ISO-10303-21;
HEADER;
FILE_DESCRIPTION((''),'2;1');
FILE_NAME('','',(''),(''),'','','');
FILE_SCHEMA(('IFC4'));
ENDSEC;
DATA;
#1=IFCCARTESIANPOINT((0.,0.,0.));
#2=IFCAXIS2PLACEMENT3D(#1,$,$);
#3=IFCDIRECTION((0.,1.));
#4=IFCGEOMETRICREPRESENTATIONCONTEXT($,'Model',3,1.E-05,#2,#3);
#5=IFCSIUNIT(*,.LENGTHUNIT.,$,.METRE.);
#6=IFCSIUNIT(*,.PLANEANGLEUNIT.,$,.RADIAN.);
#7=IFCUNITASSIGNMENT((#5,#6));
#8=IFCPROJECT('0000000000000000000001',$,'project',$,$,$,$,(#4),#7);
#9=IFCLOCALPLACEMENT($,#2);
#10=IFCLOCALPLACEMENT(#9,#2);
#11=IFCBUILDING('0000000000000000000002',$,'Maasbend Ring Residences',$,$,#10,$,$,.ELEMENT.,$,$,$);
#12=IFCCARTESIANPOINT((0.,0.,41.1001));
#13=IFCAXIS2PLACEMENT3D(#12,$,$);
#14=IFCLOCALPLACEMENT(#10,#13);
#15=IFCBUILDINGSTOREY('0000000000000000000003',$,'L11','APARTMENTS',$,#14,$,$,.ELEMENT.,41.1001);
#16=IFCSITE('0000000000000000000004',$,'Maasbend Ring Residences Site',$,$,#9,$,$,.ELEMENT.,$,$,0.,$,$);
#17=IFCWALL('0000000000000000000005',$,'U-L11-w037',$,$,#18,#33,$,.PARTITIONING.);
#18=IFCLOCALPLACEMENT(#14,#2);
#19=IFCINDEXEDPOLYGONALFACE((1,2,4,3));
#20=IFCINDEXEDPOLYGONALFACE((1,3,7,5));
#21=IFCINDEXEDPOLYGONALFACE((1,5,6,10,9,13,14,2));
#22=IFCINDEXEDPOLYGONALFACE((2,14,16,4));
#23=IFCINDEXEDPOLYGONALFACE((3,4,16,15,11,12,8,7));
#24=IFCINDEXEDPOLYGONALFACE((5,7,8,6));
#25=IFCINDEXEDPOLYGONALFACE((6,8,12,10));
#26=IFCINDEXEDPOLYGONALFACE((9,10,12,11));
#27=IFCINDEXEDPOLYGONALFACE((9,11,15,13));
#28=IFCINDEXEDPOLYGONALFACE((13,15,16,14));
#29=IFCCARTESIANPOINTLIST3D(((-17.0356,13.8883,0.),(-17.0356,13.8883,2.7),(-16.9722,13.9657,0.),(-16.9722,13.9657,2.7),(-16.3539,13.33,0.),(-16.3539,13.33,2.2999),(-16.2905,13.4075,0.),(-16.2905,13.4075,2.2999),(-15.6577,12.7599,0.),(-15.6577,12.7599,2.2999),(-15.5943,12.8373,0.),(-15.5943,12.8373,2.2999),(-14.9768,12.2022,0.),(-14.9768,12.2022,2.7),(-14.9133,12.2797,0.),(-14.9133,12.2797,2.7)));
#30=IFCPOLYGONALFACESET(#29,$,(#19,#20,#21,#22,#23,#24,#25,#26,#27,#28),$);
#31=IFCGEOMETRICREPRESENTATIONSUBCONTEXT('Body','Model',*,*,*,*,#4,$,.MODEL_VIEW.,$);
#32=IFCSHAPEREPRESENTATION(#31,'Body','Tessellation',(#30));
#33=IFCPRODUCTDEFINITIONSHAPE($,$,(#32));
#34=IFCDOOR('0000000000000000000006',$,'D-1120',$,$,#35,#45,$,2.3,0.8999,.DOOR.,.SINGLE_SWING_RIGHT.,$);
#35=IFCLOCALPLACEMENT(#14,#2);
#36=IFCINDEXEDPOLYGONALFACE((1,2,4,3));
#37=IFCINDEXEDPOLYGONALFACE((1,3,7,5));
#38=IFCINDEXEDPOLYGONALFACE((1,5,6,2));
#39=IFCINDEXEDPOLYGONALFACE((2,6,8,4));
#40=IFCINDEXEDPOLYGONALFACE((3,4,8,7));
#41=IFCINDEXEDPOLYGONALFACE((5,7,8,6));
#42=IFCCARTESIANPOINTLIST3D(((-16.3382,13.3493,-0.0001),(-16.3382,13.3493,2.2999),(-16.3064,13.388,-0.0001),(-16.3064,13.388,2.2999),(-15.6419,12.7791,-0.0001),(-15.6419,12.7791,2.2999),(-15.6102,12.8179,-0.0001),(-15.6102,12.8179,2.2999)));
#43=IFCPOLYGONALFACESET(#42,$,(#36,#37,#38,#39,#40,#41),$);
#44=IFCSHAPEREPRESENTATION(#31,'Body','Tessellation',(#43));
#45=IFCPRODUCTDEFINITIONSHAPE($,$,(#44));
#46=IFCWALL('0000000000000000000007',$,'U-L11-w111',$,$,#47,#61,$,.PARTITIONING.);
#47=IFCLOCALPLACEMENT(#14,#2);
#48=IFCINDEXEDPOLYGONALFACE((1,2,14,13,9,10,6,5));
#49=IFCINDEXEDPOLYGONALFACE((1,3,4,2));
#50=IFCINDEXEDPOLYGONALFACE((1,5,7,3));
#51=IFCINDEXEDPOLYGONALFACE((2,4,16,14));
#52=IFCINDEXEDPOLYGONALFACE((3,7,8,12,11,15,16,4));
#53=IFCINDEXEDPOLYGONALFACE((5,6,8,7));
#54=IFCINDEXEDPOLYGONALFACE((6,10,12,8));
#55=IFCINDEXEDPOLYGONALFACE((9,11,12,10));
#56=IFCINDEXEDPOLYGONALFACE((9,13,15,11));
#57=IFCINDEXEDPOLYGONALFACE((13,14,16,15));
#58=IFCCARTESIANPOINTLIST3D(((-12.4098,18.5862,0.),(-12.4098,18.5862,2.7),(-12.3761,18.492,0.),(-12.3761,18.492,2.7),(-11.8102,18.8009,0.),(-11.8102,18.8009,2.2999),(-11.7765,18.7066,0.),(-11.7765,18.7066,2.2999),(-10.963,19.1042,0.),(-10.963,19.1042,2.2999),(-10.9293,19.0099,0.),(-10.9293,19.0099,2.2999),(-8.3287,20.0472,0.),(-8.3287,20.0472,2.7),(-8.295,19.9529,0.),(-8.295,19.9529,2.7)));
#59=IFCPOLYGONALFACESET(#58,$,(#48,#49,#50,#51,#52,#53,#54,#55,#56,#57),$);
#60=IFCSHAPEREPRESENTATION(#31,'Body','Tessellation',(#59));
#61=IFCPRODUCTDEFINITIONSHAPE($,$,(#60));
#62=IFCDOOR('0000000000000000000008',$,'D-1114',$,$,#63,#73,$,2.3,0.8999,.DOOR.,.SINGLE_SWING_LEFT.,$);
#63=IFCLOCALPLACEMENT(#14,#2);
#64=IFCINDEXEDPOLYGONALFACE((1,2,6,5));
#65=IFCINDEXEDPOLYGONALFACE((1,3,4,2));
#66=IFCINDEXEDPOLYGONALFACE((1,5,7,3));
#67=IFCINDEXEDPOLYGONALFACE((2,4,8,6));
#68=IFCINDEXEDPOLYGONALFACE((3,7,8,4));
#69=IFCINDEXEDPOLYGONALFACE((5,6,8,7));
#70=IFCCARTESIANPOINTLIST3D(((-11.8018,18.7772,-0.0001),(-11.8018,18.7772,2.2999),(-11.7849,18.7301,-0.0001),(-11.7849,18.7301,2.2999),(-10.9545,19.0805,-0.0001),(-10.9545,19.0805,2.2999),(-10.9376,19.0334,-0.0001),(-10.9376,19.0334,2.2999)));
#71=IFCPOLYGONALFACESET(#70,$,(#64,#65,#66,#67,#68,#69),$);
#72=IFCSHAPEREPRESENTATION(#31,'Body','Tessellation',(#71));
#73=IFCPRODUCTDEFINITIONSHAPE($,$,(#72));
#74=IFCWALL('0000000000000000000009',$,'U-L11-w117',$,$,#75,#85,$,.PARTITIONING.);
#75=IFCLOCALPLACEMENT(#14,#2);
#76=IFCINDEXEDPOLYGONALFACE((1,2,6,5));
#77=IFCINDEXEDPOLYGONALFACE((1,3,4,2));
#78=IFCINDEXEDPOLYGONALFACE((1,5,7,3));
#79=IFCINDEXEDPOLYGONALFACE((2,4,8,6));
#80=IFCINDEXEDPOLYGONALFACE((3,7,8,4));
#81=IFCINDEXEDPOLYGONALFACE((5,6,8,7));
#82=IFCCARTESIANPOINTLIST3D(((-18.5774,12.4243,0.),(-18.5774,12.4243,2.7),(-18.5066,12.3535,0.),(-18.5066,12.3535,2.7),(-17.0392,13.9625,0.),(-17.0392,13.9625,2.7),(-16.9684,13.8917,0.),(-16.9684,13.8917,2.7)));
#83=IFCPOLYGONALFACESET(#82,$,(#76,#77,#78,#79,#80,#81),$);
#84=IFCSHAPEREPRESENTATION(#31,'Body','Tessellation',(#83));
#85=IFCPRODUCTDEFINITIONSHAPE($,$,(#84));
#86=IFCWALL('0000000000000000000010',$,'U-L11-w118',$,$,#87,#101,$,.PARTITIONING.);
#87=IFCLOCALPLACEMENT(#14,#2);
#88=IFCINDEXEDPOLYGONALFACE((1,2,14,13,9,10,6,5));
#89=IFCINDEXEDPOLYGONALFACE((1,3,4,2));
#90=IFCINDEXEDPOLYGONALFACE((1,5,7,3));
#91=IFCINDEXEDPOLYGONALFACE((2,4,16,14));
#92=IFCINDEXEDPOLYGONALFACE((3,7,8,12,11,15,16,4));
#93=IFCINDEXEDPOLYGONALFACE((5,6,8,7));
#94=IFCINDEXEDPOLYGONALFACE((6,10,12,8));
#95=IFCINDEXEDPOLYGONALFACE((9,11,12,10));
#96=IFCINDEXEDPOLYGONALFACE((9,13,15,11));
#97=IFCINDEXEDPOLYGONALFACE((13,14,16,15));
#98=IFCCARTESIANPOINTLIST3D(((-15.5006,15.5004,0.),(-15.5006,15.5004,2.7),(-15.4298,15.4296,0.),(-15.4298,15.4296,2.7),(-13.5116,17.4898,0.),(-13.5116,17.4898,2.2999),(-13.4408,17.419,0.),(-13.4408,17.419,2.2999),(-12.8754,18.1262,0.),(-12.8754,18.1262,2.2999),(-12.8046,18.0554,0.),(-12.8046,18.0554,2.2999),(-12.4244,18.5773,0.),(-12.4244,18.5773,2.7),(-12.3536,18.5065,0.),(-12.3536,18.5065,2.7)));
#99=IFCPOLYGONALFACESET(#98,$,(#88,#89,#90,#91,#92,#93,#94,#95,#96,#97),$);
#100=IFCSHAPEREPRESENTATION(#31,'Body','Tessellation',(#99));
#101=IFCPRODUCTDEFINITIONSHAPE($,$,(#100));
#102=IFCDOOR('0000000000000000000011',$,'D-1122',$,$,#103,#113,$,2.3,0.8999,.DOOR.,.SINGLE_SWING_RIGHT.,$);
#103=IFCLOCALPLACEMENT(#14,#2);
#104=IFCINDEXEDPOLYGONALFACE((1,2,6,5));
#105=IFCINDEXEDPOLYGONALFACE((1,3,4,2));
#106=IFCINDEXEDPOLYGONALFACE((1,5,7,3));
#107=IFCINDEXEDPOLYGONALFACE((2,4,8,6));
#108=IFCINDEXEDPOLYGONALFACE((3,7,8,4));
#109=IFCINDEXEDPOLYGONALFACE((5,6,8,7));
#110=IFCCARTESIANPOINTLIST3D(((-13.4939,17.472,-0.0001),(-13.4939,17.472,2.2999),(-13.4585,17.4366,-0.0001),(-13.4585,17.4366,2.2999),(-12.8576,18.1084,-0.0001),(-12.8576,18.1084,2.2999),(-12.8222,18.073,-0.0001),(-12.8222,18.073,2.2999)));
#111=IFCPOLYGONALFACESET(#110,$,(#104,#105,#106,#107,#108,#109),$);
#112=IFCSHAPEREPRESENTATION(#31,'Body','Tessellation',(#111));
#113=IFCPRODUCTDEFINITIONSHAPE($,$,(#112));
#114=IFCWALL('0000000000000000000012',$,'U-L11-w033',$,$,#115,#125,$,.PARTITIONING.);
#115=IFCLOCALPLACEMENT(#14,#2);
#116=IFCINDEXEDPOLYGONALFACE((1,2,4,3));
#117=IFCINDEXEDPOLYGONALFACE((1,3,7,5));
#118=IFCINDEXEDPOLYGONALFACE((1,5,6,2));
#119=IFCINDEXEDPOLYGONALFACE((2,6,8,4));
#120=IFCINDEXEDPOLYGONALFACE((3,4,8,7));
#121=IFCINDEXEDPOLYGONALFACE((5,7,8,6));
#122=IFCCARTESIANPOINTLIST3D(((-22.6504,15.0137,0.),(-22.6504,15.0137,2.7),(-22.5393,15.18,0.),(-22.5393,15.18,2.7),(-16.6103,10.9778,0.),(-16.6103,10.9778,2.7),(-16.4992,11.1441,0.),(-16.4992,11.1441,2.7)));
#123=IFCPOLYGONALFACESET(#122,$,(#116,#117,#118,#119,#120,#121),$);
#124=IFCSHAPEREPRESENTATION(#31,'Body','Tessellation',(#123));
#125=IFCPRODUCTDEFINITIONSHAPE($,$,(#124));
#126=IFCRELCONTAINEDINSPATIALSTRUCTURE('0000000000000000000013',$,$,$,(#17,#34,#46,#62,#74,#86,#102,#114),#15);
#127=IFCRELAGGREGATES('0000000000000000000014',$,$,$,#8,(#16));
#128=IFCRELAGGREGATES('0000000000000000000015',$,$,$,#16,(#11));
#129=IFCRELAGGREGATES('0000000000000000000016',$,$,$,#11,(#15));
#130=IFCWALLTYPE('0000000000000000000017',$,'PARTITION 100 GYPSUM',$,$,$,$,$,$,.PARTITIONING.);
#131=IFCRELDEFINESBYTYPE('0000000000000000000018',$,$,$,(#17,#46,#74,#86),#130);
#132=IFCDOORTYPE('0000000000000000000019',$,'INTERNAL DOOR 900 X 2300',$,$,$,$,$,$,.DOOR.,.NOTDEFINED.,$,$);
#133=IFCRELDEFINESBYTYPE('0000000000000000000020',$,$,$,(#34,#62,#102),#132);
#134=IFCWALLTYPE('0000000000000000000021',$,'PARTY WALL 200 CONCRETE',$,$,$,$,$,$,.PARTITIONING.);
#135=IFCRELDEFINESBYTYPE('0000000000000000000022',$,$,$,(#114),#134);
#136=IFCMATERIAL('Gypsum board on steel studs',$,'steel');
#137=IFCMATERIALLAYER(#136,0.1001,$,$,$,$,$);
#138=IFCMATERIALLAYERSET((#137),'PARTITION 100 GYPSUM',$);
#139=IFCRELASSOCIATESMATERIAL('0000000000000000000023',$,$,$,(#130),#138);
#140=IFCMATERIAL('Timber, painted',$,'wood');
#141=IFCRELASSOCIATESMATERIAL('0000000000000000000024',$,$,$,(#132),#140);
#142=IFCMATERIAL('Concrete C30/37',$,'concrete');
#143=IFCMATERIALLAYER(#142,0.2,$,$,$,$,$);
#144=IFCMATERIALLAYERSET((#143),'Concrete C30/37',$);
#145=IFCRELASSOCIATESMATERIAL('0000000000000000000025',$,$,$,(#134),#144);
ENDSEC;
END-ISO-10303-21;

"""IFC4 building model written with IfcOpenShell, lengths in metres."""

from ifc_helpers import new_model, si_unit, direction, frame, frame_2d, origin, place, context, subcontext, project, spatial, rectangle, extrude, material, layer, layer_set, type_object, element, fill, save


model = new_model("IFC4")

# Units and contexts
model_context = context("Model", 3, precision=1e-05, world=origin(), true_north=direction((0.0, 1.0)))
body_context = subcontext(model_context, "Body", "Model", "MODEL_VIEW")
ifc_project = project(units=[si_unit("LENGTHUNIT", "METRE"), si_unit("PLANEANGLEUNIT", "RADIAN")], contexts=[model_context])

# Site, building, storey
site_placement = place(None, origin())
site = spatial("IfcSite", under=ifc_project, at=site_placement, Name="Maasbend Ring Residences Site", CompositionType="ELEMENT", RefElevation=0.0)
building_placement = place(site_placement, origin())
building = spatial("IfcBuilding", under=site, at=building_placement, Name="Maasbend Ring Residences", CompositionType="ELEMENT")
storey_placement = place(building_placement, frame((0.0, 0.0, 41.1001)))
storey = spatial("IfcBuildingStorey", under=building, at=storey_placement, Name="L11", Description="APARTMENTS", CompositionType="ELEMENT", Elevation=41.1001)

# Walls, openings, doors
ifc_material_1 = material(Name="Gypsum board on steel studs", Category="steel")
ifc_layer_1 = layer(ifc_material_1, 0.1001)
ifc_layer_set_1 = layer_set([ifc_layer_1], Name="PARTITION 100 GYPSUM")
wall_type_1 = type_object("IfcWallType", Name="PARTITION 100 GYPSUM", PredefinedType="PARTITIONING", material=ifc_layer_set_1)
ifc_material_2 = material(Name="Timber, painted", Category="wood")
door_type_1 = type_object("IfcDoorType", Name="INTERNAL DOOR 900 X 2300", OperationType="NOTDEFINED", PredefinedType="DOOR", material=ifc_material_2)
wall_1_placement = place(storey_placement, frame((-17.0039, 13.927, 0.0), z_axis=(0.0, 0.0, 1.0), x_axis=(0.773675, -0.633582, 0.0)))
wall_1 = element("IfcWall", 1, at=wall_1_placement, inside=storey, type_object=wall_type_1, Name="U-L11-w037", PredefinedType="PARTITIONING", context=body_context, shape_type="SweptSolid", body=[
    extrude(rectangle(XDim=2.6611, YDim=0.1001, at=frame_2d((1.3306, 0.0))), origin(), (0.0, 0.0, 1.0), 2.7),
])
opening_1_placement = place(wall_1_placement, frame((0.8811, 0.0, 0.0)))
opening_1 = element("IfcOpeningElement", 2, at=opening_1_placement, cuts=wall_1, PredefinedType="OPENING", context=body_context, shape_type="SweptSolid", body=[
    extrude(rectangle(XDim=0.8999, YDim=2.3, at=frame_2d((0.45, 1.1499))), frame((0.0, 0.0601, 0.0), z_axis=(0.0, -1.0, 0.0), x_axis=(1.0, 0.0, 0.0)), (0.0, 0.0, 1.0), 0.1201),
])
door_1_placement = place(opening_1_placement, origin())
door_1 = element("IfcDoor", 3, at=door_1_placement, inside=storey, type_object=door_type_1, Name="D-1120", OperationType="SINGLE_SWING_RIGHT", OverallHeight=2.3, OverallWidth=0.8999, PredefinedType="DOOR", context=body_context, shape_type="SweptSolid", body=[
    extrude(rectangle(XDim=0.8999, YDim=2.3, at=frame_2d((0.45, 1.1499))), frame((0.0, 0.0249, 0.0), z_axis=(0.0, -1.0, 0.0), x_axis=(1.0, 0.0, 0.0)), (0.0, 0.0, 1.0), 0.05),
])
fill(opening_1, door_1)
wall_2_placement = place(storey_placement, frame((-12.3931, 18.5391, 0.0), z_axis=(0.0, 0.0, 1.0), x_axis=(0.941492, 0.337036, 0.0)))
wall_2 = element("IfcWall", 4, at=wall_2_placement, inside=storey, type_object=wall_type_1, Name="U-L11-w111", PredefinedType="PARTITIONING", context=body_context, shape_type="SweptSolid", body=[
    extrude(rectangle(XDim=4.3347, YDim=0.1001, at=frame_2d((2.1675, 0.0))), origin(), (0.0, 0.0, 1.0), 2.7),
])
opening_2_placement = place(wall_2_placement, frame((0.637, 0.0, 0.0)))
opening_2 = element("IfcOpeningElement", 5, at=opening_2_placement, cuts=wall_2, PredefinedType="OPENING", context=body_context, shape_type="SweptSolid", body=[
    extrude(rectangle(XDim=0.8999, YDim=2.3, at=frame_2d((0.45, 1.1499))), frame((0.0, 0.0601, 0.0), z_axis=(0.0, -1.0, 0.0), x_axis=(1.0, 0.0, 0.0)), (0.0, 0.0, 1.0), 0.1201),
])
door_2_placement = place(opening_2_placement, origin())
door_2 = element("IfcDoor", 6, at=door_2_placement, inside=storey, type_object=door_type_1, Name="D-1114", OperationType="SINGLE_SWING_LEFT", OverallHeight=2.3, OverallWidth=0.8999, PredefinedType="DOOR", context=body_context, shape_type="SweptSolid", body=[
    extrude(rectangle(XDim=0.8999, YDim=2.3, at=frame_2d((0.45, 1.1499))), frame((0.0, 0.0249, 0.0), z_axis=(0.0, -1.0, 0.0), x_axis=(1.0, 0.0, 0.0)), (0.0, 0.0, 1.0), 0.05),
])
fill(opening_2, door_2)

# Wall
wall_3_placement = place(storey_placement, frame((-18.542, 12.3889, 0.0), z_axis=(0.0, 0.0, 1.0), x_axis=(0.707107, 0.707107, 0.0)))
element("IfcWall", 7, at=wall_3_placement, inside=storey, type_object=wall_type_1, Name="U-L11-w117", PredefinedType="PARTITIONING", context=body_context, shape_type="SweptSolid", body=[
    extrude(rectangle(XDim=2.1753, YDim=0.1001, at=frame_2d((1.0876, 0.0))), origin(), (0.0, 0.0, 1.0), 2.7),
])

# Wall, opening, door
wall_4_placement = place(storey_placement, frame((-15.4651, 15.4651, 0.0), z_axis=(0.0, 0.0, 1.0), x_axis=(0.707023, 0.707191, 0.0)))
wall_4 = element("IfcWall", 8, at=wall_4_placement, inside=storey, type_object=wall_type_1, Name="U-L11-w118", PredefinedType="PARTITIONING", context=body_context, shape_type="SweptSolid", body=[
    extrude(rectangle(XDim=4.3508, YDim=0.1001, at=frame_2d((2.1753, 0.0))), origin(), (0.0, 0.0, 1.0), 2.7),
])
opening_3_placement = place(wall_4_placement, frame((2.813, 0.0, 0.0)))
opening_3 = element("IfcOpeningElement", 9, at=opening_3_placement, cuts=wall_4, PredefinedType="OPENING", context=body_context, shape_type="SweptSolid", body=[
    extrude(rectangle(XDim=0.8999, YDim=2.3, at=frame_2d((0.45, 1.1499))), frame((0.0, 0.0601, 0.0), z_axis=(0.0, -1.0, 0.0), x_axis=(1.0, 0.0, 0.0)), (0.0, 0.0, 1.0), 0.1201),
])
door_3_placement = place(opening_3_placement, origin())
door_3 = element("IfcDoor", 10, at=door_3_placement, inside=storey, type_object=door_type_1, Name="D-1122", OperationType="SINGLE_SWING_RIGHT", OverallHeight=2.3, OverallWidth=0.8999, PredefinedType="DOOR", context=body_context, shape_type="SweptSolid", body=[
    extrude(rectangle(XDim=0.8999, YDim=2.3, at=frame_2d((0.45, 1.1499))), frame((0.0, 0.0249, 0.0), z_axis=(0.0, -1.0, 0.0), x_axis=(1.0, 0.0, 0.0)), (0.0, 0.0, 1.0), 0.05),
])
fill(opening_3, door_3)

# Wall
ifc_material_3 = material(Name="Concrete C30/37", Category="concrete")
ifc_layer_2 = layer(ifc_material_3, 0.2)
ifc_layer_set_2 = layer_set([ifc_layer_2], Name="Concrete C30/37")
wall_type_2 = type_object("IfcWallType", Name="PARTY WALL 200 CONCRETE", PredefinedType="PARTITIONING", material=ifc_layer_set_2)
wall_5_placement = place(storey_placement, frame((-22.595, 15.0969, 0.0), z_axis=(0.0, 0.0, 1.0), x_axis=(0.831466, -0.555576, 0.0)))
element("IfcWall", 11, at=wall_5_placement, inside=storey, type_object=wall_type_2, Name="U-L11-w033", PredefinedType="PARTITIONING", context=body_context, shape_type="SweptSolid", body=[
    extrude(rectangle(XDim=7.2644, YDim=0.2, at=frame_2d((3.6323, 0.0))), origin(), (0.0, 0.0, 1.0), 2.7),
])

save(model, "model.ifc")
